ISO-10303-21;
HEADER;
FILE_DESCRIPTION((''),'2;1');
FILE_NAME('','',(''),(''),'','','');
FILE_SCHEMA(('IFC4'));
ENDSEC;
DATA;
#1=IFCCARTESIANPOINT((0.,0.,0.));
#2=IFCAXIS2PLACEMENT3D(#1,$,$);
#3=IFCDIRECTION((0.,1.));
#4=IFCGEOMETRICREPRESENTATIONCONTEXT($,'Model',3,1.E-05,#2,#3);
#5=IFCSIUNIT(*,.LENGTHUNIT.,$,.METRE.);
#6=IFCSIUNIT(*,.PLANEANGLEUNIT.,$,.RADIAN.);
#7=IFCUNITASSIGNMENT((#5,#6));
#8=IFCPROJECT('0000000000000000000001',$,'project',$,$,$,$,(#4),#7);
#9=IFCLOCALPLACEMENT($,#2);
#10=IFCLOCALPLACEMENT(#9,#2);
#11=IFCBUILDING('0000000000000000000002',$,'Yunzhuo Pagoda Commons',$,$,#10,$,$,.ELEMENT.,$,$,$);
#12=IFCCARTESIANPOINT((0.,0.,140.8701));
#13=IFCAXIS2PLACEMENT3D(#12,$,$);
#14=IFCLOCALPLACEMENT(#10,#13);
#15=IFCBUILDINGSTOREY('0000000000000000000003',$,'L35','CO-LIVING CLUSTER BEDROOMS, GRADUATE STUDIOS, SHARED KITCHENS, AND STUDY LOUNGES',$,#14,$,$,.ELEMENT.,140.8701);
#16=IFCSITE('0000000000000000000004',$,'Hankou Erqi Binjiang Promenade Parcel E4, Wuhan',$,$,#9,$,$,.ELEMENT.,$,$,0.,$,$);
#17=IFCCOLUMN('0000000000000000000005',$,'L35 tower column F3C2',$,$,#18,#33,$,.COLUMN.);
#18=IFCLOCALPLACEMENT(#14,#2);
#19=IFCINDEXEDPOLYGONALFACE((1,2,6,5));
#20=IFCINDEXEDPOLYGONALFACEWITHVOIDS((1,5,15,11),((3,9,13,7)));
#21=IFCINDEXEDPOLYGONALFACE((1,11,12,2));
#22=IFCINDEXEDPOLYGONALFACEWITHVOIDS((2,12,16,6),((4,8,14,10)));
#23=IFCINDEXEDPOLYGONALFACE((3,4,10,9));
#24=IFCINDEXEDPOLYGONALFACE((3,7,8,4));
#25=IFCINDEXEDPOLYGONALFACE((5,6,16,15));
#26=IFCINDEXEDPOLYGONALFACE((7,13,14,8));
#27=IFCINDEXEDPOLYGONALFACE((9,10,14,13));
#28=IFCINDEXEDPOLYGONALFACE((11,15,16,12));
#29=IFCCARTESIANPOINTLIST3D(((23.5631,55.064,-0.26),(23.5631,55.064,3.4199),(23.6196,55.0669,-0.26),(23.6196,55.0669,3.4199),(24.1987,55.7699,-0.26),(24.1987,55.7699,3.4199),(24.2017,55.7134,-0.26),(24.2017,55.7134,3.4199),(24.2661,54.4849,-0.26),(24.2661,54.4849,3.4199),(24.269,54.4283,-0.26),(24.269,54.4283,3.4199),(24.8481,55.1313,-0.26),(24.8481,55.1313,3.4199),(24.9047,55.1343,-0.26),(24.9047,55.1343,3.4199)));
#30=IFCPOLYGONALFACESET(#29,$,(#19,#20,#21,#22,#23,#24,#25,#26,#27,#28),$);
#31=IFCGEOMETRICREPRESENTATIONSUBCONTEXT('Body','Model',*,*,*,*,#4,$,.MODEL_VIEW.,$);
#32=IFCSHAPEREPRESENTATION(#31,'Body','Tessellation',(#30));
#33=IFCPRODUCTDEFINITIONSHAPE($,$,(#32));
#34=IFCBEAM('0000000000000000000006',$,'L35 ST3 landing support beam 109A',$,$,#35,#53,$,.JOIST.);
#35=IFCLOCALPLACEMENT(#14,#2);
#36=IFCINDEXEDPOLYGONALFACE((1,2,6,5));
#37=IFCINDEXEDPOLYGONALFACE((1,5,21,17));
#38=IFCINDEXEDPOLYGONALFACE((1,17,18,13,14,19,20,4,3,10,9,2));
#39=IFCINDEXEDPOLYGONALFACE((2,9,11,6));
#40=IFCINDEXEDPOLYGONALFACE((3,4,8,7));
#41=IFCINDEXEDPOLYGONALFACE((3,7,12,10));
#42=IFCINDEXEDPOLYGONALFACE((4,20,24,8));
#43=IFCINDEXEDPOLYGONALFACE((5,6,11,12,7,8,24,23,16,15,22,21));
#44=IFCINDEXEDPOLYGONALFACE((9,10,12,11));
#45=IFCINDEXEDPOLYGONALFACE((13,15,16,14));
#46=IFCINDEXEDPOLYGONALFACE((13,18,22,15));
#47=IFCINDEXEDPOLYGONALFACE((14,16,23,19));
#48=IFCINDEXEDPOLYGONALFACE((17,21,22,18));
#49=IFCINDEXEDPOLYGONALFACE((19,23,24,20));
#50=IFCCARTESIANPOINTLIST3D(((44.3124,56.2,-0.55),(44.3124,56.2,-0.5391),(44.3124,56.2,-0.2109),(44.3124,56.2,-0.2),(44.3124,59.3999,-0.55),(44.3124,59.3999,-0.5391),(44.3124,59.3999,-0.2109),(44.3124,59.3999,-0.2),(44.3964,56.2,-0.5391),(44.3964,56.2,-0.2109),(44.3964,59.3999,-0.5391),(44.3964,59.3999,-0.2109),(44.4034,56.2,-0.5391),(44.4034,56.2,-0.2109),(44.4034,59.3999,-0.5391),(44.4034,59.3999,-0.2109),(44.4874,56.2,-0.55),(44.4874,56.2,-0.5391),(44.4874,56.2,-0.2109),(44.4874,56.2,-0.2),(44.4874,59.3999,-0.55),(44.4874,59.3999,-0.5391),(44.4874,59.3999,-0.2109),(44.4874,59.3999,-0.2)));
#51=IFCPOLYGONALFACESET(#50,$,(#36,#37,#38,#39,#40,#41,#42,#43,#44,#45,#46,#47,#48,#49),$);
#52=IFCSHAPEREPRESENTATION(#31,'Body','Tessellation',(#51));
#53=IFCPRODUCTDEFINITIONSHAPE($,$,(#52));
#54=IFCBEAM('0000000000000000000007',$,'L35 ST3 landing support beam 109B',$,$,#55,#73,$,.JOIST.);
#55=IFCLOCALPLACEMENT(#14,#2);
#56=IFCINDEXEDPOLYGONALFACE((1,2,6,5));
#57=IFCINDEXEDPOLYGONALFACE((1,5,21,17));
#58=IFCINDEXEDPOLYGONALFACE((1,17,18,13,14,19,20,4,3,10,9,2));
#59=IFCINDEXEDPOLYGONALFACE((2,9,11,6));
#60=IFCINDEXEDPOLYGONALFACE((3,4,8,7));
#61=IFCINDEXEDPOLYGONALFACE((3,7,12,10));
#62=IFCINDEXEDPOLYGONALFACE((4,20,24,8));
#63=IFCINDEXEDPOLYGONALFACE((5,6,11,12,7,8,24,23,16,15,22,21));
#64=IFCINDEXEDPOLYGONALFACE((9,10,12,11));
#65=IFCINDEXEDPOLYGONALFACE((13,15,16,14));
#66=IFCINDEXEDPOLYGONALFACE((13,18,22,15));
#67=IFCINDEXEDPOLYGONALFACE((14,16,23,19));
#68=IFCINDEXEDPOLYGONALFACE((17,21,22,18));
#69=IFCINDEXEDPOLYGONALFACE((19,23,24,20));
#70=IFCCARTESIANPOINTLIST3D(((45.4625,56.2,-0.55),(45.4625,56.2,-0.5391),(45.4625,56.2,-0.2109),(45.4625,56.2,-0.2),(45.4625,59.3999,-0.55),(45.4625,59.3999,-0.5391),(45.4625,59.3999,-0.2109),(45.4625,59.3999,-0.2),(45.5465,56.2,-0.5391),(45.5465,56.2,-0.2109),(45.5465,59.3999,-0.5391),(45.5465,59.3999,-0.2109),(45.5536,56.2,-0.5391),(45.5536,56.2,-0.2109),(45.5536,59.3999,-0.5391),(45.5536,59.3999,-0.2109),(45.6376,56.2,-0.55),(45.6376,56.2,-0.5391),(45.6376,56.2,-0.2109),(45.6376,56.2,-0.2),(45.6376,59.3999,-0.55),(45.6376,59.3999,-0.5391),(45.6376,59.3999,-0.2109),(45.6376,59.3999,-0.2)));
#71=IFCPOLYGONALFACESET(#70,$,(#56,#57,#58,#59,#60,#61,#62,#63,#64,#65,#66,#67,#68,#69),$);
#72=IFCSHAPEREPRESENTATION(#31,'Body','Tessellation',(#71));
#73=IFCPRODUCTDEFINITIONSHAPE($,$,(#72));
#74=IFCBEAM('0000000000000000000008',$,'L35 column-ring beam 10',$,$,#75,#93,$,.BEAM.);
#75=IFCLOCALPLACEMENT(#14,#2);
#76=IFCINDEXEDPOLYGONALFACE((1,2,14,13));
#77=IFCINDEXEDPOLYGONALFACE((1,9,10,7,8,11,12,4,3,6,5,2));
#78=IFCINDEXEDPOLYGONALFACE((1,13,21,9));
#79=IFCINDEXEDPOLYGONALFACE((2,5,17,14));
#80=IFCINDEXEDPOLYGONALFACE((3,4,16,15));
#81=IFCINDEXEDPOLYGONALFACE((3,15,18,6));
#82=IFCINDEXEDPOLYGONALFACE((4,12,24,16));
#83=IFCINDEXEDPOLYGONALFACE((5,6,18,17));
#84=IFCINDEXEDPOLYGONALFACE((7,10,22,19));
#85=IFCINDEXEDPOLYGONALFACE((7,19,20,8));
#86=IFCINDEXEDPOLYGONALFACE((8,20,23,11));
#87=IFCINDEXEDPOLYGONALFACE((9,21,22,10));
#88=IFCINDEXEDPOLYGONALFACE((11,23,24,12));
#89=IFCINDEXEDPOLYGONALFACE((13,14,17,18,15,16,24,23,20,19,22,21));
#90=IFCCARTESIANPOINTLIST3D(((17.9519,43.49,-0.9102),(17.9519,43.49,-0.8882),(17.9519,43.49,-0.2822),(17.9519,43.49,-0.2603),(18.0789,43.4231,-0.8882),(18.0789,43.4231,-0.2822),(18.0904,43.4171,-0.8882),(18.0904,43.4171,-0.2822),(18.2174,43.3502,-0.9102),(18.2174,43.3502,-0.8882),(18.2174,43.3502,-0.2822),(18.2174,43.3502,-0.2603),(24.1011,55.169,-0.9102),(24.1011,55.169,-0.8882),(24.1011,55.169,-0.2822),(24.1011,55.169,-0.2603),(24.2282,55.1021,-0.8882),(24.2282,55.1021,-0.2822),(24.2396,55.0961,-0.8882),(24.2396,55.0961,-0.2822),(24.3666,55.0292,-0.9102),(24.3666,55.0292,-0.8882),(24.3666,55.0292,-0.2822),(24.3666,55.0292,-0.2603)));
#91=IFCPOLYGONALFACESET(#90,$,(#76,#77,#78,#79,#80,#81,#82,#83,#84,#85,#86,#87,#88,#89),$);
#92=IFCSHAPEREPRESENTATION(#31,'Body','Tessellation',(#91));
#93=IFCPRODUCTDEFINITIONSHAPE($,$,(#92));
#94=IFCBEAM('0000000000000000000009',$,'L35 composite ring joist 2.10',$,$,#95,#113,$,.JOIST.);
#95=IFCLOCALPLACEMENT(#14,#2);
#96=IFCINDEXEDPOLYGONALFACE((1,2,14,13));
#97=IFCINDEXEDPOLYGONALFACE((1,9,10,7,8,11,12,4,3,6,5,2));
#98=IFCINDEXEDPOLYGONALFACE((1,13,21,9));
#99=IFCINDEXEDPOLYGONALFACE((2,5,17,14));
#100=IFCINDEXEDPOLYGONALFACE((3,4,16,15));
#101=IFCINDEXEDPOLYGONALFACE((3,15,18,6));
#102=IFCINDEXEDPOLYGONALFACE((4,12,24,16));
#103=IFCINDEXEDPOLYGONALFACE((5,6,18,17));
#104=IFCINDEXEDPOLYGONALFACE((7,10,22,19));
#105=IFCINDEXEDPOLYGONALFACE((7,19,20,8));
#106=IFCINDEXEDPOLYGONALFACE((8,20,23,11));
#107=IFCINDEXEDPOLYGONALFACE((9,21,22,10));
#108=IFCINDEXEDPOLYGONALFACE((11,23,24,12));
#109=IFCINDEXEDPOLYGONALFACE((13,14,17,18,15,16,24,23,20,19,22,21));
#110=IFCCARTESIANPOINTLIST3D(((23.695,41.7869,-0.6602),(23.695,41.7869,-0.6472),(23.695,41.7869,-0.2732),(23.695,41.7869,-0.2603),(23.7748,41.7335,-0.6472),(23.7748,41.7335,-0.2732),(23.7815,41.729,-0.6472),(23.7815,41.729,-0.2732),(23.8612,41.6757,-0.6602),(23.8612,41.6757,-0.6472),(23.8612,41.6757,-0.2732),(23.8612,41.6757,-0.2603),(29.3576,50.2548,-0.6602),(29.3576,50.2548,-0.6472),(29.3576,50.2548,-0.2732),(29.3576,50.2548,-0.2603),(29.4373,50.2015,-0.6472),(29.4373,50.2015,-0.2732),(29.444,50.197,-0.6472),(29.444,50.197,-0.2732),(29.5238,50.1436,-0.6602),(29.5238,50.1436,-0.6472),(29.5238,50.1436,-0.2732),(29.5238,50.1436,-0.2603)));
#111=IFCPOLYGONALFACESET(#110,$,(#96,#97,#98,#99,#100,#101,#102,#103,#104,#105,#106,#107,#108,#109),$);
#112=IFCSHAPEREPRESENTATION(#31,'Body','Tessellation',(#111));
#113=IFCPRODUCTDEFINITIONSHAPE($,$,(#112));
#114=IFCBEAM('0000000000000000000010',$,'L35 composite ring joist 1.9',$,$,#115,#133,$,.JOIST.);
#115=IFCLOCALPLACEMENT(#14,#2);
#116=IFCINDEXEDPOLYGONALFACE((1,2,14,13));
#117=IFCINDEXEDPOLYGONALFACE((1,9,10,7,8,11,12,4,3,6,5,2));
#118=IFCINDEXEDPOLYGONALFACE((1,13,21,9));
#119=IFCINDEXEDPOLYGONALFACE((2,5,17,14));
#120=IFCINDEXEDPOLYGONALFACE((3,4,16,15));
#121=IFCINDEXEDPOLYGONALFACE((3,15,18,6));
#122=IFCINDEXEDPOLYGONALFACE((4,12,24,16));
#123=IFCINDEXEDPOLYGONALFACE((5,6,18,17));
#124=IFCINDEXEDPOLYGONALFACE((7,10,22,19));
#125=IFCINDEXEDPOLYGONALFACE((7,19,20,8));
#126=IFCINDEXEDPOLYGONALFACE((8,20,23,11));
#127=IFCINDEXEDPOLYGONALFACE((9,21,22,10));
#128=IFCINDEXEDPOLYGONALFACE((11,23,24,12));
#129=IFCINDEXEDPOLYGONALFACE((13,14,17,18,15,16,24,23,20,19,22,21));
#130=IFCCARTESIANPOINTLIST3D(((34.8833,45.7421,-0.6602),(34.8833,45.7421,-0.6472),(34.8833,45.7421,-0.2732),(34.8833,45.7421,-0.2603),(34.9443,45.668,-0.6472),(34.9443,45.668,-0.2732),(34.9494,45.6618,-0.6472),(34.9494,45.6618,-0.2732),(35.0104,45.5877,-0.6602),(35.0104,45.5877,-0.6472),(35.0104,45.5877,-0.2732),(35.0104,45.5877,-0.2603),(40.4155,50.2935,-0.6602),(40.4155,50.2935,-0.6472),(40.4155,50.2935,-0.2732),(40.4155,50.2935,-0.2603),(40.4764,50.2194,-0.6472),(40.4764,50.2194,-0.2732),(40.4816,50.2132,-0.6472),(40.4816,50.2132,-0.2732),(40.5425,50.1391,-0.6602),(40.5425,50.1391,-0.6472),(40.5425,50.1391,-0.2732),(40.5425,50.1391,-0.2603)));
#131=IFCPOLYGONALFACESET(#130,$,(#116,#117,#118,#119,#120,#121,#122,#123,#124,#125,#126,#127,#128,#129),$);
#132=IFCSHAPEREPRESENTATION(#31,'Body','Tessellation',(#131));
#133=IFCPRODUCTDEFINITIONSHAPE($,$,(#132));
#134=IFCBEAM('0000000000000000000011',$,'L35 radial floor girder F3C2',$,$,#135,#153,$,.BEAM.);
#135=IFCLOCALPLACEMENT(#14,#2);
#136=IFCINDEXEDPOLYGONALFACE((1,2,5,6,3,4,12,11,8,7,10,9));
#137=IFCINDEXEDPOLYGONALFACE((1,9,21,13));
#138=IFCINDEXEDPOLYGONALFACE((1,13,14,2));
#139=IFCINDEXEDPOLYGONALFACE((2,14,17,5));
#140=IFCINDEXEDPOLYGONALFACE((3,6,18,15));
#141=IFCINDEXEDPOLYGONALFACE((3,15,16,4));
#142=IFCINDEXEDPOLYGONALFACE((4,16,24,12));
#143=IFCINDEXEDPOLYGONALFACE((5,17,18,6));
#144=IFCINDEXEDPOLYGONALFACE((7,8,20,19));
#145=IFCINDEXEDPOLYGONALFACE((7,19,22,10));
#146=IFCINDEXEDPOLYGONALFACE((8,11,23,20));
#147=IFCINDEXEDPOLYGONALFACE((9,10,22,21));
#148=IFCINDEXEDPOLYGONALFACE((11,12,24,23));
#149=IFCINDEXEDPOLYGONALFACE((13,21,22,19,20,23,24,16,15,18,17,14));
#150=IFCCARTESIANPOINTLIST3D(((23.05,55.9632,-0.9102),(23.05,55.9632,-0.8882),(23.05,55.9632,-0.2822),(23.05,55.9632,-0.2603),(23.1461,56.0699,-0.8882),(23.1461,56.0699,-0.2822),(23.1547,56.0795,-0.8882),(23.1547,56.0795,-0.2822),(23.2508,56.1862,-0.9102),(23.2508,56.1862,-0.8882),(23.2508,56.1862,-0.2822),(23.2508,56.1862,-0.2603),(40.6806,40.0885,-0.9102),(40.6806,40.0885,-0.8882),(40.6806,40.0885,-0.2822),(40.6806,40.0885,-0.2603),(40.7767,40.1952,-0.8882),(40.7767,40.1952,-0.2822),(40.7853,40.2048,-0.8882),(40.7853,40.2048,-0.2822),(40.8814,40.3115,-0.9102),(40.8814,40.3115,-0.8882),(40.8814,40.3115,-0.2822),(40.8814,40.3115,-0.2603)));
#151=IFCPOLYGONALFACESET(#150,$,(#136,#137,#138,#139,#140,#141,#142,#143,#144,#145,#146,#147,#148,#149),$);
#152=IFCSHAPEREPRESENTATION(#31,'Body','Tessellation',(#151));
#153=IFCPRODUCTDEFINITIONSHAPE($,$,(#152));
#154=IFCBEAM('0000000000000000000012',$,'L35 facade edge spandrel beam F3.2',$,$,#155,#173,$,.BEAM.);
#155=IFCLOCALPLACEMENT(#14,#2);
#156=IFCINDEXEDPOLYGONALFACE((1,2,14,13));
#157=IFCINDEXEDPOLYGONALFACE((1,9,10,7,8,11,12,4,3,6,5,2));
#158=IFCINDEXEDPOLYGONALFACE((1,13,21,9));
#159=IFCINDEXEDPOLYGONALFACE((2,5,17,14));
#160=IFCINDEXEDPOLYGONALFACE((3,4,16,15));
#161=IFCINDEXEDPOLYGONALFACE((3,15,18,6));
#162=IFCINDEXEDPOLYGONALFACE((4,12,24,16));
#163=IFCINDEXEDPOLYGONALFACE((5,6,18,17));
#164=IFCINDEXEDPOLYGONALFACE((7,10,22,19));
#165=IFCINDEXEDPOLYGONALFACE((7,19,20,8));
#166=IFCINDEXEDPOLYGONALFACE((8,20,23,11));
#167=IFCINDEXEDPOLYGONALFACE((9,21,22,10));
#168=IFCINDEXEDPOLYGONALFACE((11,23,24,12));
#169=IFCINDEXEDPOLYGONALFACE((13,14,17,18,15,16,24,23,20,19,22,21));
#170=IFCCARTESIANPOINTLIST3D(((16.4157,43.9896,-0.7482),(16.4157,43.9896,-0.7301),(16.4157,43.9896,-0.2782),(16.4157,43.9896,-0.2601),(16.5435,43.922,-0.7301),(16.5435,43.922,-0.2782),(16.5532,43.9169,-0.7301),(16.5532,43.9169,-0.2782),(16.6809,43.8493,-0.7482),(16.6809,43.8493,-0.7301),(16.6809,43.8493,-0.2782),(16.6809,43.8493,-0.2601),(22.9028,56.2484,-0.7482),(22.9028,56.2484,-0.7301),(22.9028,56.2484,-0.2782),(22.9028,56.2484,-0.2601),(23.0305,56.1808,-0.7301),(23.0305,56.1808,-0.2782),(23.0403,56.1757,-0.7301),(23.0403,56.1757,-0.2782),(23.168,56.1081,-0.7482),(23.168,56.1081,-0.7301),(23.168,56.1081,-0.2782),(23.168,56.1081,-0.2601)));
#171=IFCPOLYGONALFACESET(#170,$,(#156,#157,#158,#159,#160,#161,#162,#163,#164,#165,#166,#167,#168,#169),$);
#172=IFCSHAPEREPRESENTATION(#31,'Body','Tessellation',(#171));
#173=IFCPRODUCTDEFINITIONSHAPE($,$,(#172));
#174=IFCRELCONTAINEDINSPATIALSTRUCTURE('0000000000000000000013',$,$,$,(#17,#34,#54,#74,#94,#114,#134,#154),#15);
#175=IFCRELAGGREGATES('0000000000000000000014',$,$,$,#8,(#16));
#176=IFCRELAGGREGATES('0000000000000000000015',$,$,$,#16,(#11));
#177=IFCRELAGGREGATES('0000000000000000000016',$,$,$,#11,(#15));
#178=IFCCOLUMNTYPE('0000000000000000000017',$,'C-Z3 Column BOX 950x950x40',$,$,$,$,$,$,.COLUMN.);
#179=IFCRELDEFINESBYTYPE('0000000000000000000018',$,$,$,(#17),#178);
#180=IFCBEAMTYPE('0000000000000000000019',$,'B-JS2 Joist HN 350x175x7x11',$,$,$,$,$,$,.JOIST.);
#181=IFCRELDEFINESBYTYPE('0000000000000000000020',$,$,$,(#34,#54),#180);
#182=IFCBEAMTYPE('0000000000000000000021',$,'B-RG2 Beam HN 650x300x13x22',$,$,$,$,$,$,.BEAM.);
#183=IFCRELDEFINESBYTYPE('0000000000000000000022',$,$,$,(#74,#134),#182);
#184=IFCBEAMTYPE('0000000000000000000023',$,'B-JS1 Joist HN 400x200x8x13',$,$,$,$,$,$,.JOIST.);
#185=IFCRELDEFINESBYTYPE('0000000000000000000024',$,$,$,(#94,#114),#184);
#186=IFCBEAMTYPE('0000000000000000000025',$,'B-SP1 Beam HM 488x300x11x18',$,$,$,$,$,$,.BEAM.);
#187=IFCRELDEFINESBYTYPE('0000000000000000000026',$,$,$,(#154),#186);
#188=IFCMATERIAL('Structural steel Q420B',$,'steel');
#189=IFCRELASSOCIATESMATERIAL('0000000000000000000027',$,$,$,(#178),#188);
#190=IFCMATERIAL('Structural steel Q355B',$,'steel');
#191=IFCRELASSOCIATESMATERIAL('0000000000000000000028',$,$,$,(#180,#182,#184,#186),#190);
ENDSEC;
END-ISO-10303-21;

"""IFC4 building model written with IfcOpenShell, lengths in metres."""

from ifc_helpers import new_model, si_unit, direction, frame, origin, origin_2d, place, context, subcontext, project, spatial, hollow_rectangle, i_section, extrude, source, transform, mapped, material, material_profile, profile_set, type_object, element, save


model = new_model("IFC4")

# Units and contexts
model_context = context("Model", 3, precision=1e-05, world=origin(), true_north=direction((0.0, 1.0)))
body_context = subcontext(model_context, "Body", "Model", "MODEL_VIEW")
ifc_project = project(units=[si_unit("LENGTHUNIT", "METRE"), si_unit("PLANEANGLEUNIT", "RADIAN")], contexts=[model_context])

# Site, building, storey
site_placement = place(None, origin())
site = spatial("IfcSite", under=ifc_project, at=site_placement, Name="Hankou Erqi Binjiang Promenade Parcel E4, Wuhan", CompositionType="ELEMENT", RefElevation=0.0)
building_placement = place(site_placement, origin())
building = spatial("IfcBuilding", under=site, at=building_placement, Name="Yunzhuo Pagoda Commons", CompositionType="ELEMENT")
storey_placement = place(building_placement, frame((0.0, 0.0, 140.8701)))
storey = spatial("IfcBuildingStorey", under=building, at=storey_placement, Name="L35", Description="CO-LIVING CLUSTER BEDROOMS, GRADUATE STUDIOS, SHARED KITCHENS, AND STUDY LOUNGES", CompositionType="ELEMENT", Elevation=140.8701)

# Column
ifc_material_1 = material(Name="Structural steel Q420B", Category="steel")
ifc_material_profile_1 = material_profile(ifc_material_1, hollow_rectangle(XDim=0.95, YDim=0.95, WallThickness=0.04, at=origin_2d()), Name="Structural steel Q420B")
ifc_profile_set_1 = profile_set([ifc_material_profile_1], Name="Structural steel Q420B")
column_type = type_object("IfcColumnType", Name="C-Z3 Column BOX 950x950x40", PredefinedType="COLUMN", material=ifc_profile_set_1)
shared_shape_1 = source(origin(), body_context, "Body", "SweptSolid", [
    extrude(hollow_rectangle(XDim=0.95, YDim=0.95, WallThickness=0.04, at=origin_2d()), origin(), (0.0, 0.0, 1.0), 3.6799),
])
column_placement = place(storey_placement, frame((24.2339, 55.0991, -0.26), z_axis=(0.0, 0.0, 1.0), x_axis=(-0.669131, -0.743145, 0.0)))
element("IfcColumn", 1, at=column_placement, inside=storey, type_object=column_type, Name="L35 tower column F3C2", PredefinedType="COLUMN", context=body_context, shape_type="MappedRepresentation", body=[
    mapped(shared_shape_1, transform((0.0, 0.0, 0.0), scale=1.0)),
])

# Beams
ifc_material_2 = material(Name="Structural steel Q355B", Category="steel")
ifc_material_profile_2 = material_profile(ifc_material_2, i_section(OverallWidth=0.175, OverallDepth=0.3501, WebThickness=0.0071, FlangeThickness=0.011, at=origin_2d()), Name="Structural steel Q355B")
ifc_profile_set_2 = profile_set([ifc_material_profile_2], Name="Structural steel Q355B")
beam_type_1 = type_object("IfcBeamType", Name="B-JS2 Joist HN 350x175x7x11", PredefinedType="JOIST", material=ifc_profile_set_2)
shared_shape_2 = source(origin(), body_context, "Body", "SweptSolid", [
    extrude(i_section(OverallWidth=0.175, OverallDepth=0.3501, WebThickness=0.0071, FlangeThickness=0.011, at=origin_2d()), origin(), (0.0, 0.0, 1.0), 3.2),
])
for number, where, z_axis, x_axis, name in (
    (2, (44.3999, 56.2, -0.375), (0.0, 1.0, 0.0), (-1.0, 0.0, 0.0), "L35 ST3 landing support beam 109A"),
    (3, (45.55, 56.2, -0.375), (0.0, 1.0, 0.0), (-1.0, 0.0, 0.0), "L35 ST3 landing support beam 109B"),
):
    element("IfcBeam", number, at=place(storey_placement, frame(where, z_axis=z_axis, x_axis=x_axis)), inside=storey, type_object=beam_type_1, Name=name, PredefinedType="JOIST", context=body_context, shape_type="MappedRepresentation", body=[
        mapped(shared_shape_2, transform((0.0, 0.0, 0.0), scale=1.0)),
    ])
ifc_material_profile_3 = material_profile(ifc_material_2, i_section(OverallWidth=0.3, OverallDepth=0.6499, WebThickness=0.0129, FlangeThickness=0.022, at=origin_2d()), Name="Structural steel Q355B")
ifc_profile_set_3 = profile_set([ifc_material_profile_3], Name="Structural steel Q355B")
beam_type_2 = type_object("IfcBeamType", Name="B-RG2 Beam HN 650x300x13x22", PredefinedType="BEAM", material=ifc_profile_set_3)
shared_shape_3 = source(origin(), body_context, "Body", "SweptSolid", [
    extrude(i_section(OverallWidth=0.3, OverallDepth=0.6499, WebThickness=0.0129, FlangeThickness=0.022, at=origin_2d()), origin(), (0.0, 0.0, 1.0), 13.199),
])
beam_1_placement = place(storey_placement, frame((24.2339, 55.0991, -0.5852), z_axis=(-0.465886, -0.884845, 0.0), x_axis=(0.884845, -0.465886, 0.0)))
element("IfcBeam", 4, at=beam_1_placement, inside=storey, type_object=beam_type_2, Name="L35 column-ring beam 10", PredefinedType="BEAM", context=body_context, shape_type="MappedRepresentation", body=[
    mapped(shared_shape_3, transform((0.0, 0.0, 0.0), scale=1.0)),
])
ifc_material_profile_4 = material_profile(ifc_material_2, i_section(OverallWidth=0.2, OverallDepth=0.3999, WebThickness=0.0081, FlangeThickness=0.0129, at=origin_2d()), Name="Structural steel Q355B")
ifc_profile_set_4 = profile_set([ifc_material_profile_4], Name="Structural steel Q355B")
beam_type_3 = type_object("IfcBeamType", Name="B-JS1 Joist HN 400x200x8x13", PredefinedType="JOIST", material=ifc_profile_set_4)
shared_shape_4 = source(origin(), body_context, "Body", "SweptSolid", [
    extrude(i_section(OverallWidth=0.2, OverallDepth=0.3999, WebThickness=0.0081, FlangeThickness=0.0129, at=origin_2d()), origin(), (0.0, 0.0, 1.0), 10.1868),
])
beam_2_placement = place(storey_placement, frame((29.4407, 50.1992, -0.4602), z_axis=(-0.555872, -0.831268, 0.0), x_axis=(0.831268, -0.555872, 0.0)))
element("IfcBeam", 5, at=beam_2_placement, inside=storey, type_object=beam_type_3, Name="L35 composite ring joist 2.10", PredefinedType="JOIST", context=body_context, shape_type="MappedRepresentation", body=[
    mapped(shared_shape_4, transform((0.0, 0.0, 0.0), scale=1.0)),
])
shared_shape_5 = source(origin(), body_context, "Body", "SweptSolid", [
    extrude(i_section(OverallWidth=0.2, OverallDepth=0.3999, WebThickness=0.0081, FlangeThickness=0.0129, at=origin_2d()), origin(), (0.0, 0.0, 1.0), 7.1638),
])
beam_3_placement = place(storey_placement, frame((40.479, 50.2163, -0.4602), z_axis=(-0.772234, -0.635338, 0.0), x_axis=(0.635338, -0.772234, 0.0)))
element("IfcBeam", 6, at=beam_3_placement, inside=storey, type_object=beam_type_3, Name="L35 composite ring joist 1.9", PredefinedType="JOIST", context=body_context, shape_type="MappedRepresentation", body=[
    mapped(shared_shape_5, transform((0.0, 0.0, 0.0), scale=1.0)),
])
shared_shape_6 = source(origin(), body_context, "Body", "SweptSolid", [
    extrude(i_section(OverallWidth=0.3, OverallDepth=0.6499, WebThickness=0.0129, FlangeThickness=0.022, at=origin_2d()), origin(), (0.0, 0.0, 1.0), 23.7244),
])
beam_4_placement = place(storey_placement, frame((23.1504, 56.0747, -0.5852), z_axis=(0.743143, -0.669132, 0.0), x_axis=(0.669132, 0.743143, 0.0)))
element("IfcBeam", 7, at=beam_4_placement, inside=storey, type_object=beam_type_2, Name="L35 radial floor girder F3C2", PredefinedType="BEAM", context=body_context, shape_type="MappedRepresentation", body=[
    mapped(shared_shape_6, transform((0.0, 0.0, 0.0), scale=1.0)),
])
ifc_material_profile_5 = material_profile(ifc_material_2, i_section(OverallWidth=0.3, OverallDepth=0.488, WebThickness=0.011, FlangeThickness=0.0181, at=origin_2d()), Name="Structural steel Q355B")
ifc_profile_set_5 = profile_set([ifc_material_profile_5], Name="Structural steel Q355B")
beam_type_4 = type_object("IfcBeamType", Name="B-SP1 Beam HM 488x300x11x18", PredefinedType="BEAM", material=ifc_profile_set_5)
shared_shape_7 = source(origin(), body_context, "Body", "SweptSolid", [
    extrude(i_section(OverallWidth=0.3, OverallDepth=0.488, WebThickness=0.011, FlangeThickness=0.0181, at=origin_2d()), origin(), (0.0, 0.0, 1.0), 13.8694),
])
beam_5_placement = place(storey_placement, frame((23.0354, 56.1782, -0.5042), z_axis=(-0.467725, -0.883874, 0.0), x_axis=(0.883874, -0.467725, 0.0)))
element("IfcBeam", 8, at=beam_5_placement, inside=storey, type_object=beam_type_4, Name="L35 facade edge spandrel beam F3.2", PredefinedType="BEAM", context=body_context, shape_type="MappedRepresentation", body=[
    mapped(shared_shape_7, transform((0.0, 0.0, 0.0), scale=1.0)),
])

save(model, "model.ifc")
